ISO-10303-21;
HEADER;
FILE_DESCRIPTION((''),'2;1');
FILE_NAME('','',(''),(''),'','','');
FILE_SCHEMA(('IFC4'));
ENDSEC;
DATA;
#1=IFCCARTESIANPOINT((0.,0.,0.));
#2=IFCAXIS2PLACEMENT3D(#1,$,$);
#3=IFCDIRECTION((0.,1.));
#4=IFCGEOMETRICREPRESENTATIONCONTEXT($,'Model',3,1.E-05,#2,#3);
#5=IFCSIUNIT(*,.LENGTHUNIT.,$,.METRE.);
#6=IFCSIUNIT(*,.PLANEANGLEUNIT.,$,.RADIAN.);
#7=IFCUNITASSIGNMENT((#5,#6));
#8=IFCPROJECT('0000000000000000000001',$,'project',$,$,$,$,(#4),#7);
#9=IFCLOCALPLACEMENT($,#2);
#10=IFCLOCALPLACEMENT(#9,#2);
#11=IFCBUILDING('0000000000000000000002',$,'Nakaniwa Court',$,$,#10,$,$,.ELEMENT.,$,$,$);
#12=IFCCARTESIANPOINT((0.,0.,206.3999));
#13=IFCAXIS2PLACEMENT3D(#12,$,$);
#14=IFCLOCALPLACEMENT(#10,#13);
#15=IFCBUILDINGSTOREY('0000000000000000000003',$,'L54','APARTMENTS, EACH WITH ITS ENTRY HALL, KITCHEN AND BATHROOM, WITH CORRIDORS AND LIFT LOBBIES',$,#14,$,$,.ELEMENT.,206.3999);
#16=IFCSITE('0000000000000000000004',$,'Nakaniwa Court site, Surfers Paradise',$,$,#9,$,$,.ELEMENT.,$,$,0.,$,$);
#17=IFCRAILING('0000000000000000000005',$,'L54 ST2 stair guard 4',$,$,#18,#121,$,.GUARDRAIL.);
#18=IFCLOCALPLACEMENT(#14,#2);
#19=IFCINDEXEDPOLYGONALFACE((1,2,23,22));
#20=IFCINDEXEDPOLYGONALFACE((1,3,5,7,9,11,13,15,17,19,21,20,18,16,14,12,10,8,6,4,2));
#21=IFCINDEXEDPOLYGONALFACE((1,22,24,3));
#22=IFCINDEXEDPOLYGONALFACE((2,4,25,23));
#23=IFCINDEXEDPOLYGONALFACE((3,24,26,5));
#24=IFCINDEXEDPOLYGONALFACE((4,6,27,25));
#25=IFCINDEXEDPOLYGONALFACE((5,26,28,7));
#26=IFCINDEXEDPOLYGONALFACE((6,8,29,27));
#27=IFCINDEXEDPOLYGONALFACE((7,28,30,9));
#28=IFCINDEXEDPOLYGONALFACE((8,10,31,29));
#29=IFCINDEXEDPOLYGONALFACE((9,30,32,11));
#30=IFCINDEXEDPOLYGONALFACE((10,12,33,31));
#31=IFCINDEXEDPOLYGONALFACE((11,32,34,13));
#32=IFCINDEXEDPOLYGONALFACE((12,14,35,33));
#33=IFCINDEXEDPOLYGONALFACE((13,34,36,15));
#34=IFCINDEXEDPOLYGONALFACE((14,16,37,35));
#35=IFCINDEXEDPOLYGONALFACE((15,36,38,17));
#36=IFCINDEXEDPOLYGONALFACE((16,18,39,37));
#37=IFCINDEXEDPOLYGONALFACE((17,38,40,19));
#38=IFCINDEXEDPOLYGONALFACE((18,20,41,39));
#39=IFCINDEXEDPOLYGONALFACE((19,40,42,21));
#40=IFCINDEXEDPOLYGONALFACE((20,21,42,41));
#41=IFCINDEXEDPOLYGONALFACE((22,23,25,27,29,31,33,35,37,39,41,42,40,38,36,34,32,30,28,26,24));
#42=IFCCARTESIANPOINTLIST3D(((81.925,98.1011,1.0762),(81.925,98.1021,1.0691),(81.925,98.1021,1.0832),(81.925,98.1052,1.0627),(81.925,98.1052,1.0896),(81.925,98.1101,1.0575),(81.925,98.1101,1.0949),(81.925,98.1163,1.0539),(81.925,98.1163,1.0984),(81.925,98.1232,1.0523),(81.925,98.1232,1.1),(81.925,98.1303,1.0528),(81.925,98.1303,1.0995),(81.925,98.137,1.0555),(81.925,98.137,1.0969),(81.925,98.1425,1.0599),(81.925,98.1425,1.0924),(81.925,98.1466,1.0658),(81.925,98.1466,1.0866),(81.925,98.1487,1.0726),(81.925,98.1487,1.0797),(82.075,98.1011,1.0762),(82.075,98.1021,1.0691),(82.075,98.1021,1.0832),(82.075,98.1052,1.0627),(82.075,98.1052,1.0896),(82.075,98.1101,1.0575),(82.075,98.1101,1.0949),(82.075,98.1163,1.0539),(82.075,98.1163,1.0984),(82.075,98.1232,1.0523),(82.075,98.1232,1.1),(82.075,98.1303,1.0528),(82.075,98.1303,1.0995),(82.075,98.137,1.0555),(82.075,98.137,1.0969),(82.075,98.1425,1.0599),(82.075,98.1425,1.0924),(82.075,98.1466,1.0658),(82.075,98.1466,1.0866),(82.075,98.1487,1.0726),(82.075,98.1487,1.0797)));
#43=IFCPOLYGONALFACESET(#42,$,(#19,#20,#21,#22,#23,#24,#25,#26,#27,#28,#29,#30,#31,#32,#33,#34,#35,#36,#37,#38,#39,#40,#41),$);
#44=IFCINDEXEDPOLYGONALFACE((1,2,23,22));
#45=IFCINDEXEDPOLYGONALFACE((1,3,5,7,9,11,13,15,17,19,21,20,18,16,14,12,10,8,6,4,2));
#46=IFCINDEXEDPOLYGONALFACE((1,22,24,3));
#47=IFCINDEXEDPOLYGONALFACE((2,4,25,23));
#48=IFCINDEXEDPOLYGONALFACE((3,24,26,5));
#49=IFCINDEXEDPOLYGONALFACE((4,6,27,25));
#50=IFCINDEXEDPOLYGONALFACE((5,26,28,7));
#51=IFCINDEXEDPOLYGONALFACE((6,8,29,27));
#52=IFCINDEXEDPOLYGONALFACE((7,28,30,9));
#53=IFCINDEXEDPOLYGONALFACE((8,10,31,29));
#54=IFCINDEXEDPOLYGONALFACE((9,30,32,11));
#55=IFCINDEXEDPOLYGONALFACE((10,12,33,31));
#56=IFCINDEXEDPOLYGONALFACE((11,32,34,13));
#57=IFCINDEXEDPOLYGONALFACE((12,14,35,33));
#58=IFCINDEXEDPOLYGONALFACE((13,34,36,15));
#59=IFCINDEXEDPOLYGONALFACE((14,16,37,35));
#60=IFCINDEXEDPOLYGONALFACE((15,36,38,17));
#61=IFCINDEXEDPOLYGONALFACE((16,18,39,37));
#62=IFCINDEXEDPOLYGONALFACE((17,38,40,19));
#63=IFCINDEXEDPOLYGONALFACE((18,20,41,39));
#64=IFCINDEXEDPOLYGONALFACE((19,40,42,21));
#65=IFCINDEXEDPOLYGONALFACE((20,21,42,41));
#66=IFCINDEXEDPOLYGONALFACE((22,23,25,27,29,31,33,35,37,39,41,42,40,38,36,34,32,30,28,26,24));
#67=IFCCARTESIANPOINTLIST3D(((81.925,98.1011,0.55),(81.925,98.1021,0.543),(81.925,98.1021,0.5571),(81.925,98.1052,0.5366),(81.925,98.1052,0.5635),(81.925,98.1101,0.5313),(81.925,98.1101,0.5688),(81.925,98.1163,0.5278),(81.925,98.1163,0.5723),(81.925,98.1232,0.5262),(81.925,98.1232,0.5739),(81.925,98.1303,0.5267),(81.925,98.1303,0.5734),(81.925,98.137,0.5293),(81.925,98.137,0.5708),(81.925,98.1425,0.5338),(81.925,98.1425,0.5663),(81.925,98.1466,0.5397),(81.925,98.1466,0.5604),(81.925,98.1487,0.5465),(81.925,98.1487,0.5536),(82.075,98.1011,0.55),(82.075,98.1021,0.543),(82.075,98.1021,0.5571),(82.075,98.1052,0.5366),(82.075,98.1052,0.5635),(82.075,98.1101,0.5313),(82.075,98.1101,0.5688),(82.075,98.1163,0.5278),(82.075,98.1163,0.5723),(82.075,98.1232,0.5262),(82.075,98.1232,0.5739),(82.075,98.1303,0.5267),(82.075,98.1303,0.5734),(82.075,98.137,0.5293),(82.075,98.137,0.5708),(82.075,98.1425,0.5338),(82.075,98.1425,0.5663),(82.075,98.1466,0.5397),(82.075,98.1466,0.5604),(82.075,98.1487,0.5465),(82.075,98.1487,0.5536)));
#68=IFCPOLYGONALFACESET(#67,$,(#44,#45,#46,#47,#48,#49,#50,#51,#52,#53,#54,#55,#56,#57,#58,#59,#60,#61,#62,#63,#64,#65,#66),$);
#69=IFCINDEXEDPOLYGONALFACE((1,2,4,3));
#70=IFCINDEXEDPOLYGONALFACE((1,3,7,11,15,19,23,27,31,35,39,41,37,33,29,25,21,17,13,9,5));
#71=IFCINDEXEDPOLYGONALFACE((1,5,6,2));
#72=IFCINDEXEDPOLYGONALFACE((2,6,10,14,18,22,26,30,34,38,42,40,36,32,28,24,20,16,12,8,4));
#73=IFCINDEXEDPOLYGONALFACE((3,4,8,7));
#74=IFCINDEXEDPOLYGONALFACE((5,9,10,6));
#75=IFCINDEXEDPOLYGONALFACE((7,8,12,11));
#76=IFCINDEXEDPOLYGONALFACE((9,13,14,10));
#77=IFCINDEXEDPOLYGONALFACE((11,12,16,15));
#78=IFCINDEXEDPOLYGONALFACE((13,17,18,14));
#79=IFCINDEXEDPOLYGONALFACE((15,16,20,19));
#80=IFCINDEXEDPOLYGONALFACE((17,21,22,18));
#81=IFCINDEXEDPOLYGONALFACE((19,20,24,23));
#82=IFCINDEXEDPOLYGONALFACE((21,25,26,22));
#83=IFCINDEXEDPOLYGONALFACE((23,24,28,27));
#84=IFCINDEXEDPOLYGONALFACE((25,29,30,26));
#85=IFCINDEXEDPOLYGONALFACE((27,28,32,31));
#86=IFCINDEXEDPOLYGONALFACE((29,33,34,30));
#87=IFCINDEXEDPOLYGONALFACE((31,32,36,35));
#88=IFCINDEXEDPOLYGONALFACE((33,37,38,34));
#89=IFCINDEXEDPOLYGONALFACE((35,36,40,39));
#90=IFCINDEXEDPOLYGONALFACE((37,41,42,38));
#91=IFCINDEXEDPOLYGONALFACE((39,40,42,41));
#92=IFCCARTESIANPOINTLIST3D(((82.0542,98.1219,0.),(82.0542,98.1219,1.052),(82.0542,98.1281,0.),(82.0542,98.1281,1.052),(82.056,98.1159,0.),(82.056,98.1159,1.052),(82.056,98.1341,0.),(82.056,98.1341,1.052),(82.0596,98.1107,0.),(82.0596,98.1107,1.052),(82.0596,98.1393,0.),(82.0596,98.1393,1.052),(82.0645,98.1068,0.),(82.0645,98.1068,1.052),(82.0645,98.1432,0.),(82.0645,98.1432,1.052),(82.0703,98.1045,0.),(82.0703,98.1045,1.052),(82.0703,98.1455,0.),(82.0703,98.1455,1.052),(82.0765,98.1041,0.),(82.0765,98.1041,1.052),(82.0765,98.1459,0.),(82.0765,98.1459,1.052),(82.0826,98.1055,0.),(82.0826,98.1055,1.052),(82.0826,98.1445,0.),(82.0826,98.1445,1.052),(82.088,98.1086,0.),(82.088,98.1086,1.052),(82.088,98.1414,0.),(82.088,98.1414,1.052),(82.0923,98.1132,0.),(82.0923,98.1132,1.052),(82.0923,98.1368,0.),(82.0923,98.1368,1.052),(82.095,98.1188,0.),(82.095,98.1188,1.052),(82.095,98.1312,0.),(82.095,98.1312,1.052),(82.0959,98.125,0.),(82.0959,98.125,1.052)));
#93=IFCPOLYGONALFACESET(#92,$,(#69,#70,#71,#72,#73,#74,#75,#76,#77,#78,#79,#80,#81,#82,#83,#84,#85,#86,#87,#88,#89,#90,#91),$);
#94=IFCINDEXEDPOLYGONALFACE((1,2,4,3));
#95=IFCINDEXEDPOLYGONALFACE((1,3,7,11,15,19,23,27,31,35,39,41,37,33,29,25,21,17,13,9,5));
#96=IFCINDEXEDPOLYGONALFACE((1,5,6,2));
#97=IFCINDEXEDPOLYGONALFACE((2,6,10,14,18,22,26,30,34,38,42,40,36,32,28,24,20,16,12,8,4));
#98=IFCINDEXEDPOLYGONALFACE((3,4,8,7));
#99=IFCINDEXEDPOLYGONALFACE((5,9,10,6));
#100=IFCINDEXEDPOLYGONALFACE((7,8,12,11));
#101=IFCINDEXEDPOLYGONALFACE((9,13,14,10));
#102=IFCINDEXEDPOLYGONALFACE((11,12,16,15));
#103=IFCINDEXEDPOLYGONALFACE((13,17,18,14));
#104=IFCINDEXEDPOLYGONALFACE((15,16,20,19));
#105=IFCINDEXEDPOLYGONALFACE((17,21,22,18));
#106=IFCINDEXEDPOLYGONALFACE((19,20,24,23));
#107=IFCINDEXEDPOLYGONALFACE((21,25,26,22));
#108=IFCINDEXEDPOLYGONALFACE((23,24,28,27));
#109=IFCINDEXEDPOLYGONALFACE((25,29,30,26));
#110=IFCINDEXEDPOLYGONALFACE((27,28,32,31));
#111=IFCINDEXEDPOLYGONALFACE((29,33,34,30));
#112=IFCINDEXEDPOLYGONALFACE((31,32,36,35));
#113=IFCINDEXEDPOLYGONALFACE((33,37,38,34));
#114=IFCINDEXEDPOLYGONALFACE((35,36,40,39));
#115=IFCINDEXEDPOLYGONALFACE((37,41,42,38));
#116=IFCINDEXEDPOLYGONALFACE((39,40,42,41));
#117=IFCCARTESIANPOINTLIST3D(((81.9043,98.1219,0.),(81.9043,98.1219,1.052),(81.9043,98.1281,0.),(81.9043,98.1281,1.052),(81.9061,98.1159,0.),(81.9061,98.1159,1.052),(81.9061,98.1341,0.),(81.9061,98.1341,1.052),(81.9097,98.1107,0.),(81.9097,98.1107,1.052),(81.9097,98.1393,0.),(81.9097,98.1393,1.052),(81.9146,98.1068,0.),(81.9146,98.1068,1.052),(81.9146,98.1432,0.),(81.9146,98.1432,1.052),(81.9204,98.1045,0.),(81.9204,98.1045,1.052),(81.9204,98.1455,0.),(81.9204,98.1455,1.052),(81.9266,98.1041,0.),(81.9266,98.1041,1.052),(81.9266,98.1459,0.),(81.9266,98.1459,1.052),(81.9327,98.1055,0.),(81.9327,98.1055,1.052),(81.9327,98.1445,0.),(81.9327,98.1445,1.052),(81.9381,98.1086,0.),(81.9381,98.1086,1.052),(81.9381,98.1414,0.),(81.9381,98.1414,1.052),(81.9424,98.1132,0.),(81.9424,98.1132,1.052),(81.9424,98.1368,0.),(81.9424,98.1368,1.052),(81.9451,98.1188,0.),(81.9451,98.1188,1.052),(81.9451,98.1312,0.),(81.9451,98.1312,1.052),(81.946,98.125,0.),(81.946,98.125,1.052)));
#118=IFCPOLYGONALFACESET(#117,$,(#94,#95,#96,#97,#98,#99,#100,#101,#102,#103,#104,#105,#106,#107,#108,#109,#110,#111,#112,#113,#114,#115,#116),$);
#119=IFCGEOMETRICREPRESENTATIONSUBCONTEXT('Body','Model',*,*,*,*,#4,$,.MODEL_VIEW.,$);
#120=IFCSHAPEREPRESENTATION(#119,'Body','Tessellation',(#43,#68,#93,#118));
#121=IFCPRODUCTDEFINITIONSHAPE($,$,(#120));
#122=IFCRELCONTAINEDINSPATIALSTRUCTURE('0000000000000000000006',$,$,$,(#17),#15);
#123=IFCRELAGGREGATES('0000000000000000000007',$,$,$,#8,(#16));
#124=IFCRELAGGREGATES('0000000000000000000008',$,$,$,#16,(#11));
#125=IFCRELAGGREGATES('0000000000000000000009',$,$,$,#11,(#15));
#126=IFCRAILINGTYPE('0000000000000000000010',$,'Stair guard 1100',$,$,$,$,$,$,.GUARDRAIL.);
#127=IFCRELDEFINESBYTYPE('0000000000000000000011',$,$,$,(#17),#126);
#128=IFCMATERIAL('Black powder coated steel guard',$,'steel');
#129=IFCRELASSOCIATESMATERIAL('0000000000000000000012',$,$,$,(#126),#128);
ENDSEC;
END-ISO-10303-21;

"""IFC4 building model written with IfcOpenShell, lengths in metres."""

from ifc_helpers import new_model, si_unit, direction, frame, origin, origin_2d, place, context, subcontext, project, spatial, circle, extrude, material, type_object, element, save


model = new_model("IFC4")

# Units and contexts
model_context = context("Model", 3, precision=1e-05, world=origin(), true_north=direction((0.0, 1.0)))
body_context = subcontext(model_context, "Body", "Model", "MODEL_VIEW")
ifc_project = project(units=[si_unit("LENGTHUNIT", "METRE"), si_unit("PLANEANGLEUNIT", "RADIAN")], contexts=[model_context])

# Site, building, storey
site_placement = place(None, origin())
site = spatial("IfcSite", under=ifc_project, at=site_placement, Name="Nakaniwa Court site, Surfers Paradise", CompositionType="ELEMENT", RefElevation=0.0)
building_placement = place(site_placement, origin())
building = spatial("IfcBuilding", under=site, at=building_placement, Name="Nakaniwa Court", CompositionType="ELEMENT")
storey_placement = place(building_placement, frame((0.0, 0.0, 206.3999)))
storey = spatial("IfcBuildingStorey", under=building, at=storey_placement, Name="L54", Description="APARTMENTS, EACH WITH ITS ENTRY HALL, KITCHEN AND BATHROOM, WITH CORRIDORS AND LIFT LOBBIES", CompositionType="ELEMENT", Elevation=206.3999)

# Railing
ifc_material_1 = material(Name="Black powder coated steel guard", Category="steel")
railing_type_1 = type_object("IfcRailingType", Name="Stair guard 1100", PredefinedType="GUARDRAIL", material=ifc_material_1)
railing_1_placement = place(storey_placement, frame((82.075, 98.125, 0.0)))
element("IfcRailing", 1, at=railing_1_placement, inside=storey, type_object=railing_type_1, Name="L54 ST2 stair guard 4", PredefinedType="GUARDRAIL", context=body_context, shape_type="SweptSolid", body=[
    extrude(circle(Radius=0.0239, at=origin_2d()), frame((0.0, 0.0, 1.0762), z_axis=(-1.0, 0.0, 0.0), x_axis=(0.0, -1.0, 0.0)), (0.0, 0.0, 1.0), 0.1499),
    extrude(circle(Radius=0.0239, at=origin_2d()), frame((0.0, 0.0, 0.55), z_axis=(-1.0, 0.0, 0.0), x_axis=(0.0, -1.0, 0.0)), (0.0, 0.0, 1.0), 0.1499),
    extrude(circle(Radius=0.021, at=origin_2d()), origin(), (0.0, 0.0, 1.0), 1.052),
    extrude(circle(Radius=0.021, at=origin_2d()), frame((-0.1499, 0.0, 0.0)), (0.0, 0.0, 1.0), 1.052),
])

save(model, "model.ifc")
